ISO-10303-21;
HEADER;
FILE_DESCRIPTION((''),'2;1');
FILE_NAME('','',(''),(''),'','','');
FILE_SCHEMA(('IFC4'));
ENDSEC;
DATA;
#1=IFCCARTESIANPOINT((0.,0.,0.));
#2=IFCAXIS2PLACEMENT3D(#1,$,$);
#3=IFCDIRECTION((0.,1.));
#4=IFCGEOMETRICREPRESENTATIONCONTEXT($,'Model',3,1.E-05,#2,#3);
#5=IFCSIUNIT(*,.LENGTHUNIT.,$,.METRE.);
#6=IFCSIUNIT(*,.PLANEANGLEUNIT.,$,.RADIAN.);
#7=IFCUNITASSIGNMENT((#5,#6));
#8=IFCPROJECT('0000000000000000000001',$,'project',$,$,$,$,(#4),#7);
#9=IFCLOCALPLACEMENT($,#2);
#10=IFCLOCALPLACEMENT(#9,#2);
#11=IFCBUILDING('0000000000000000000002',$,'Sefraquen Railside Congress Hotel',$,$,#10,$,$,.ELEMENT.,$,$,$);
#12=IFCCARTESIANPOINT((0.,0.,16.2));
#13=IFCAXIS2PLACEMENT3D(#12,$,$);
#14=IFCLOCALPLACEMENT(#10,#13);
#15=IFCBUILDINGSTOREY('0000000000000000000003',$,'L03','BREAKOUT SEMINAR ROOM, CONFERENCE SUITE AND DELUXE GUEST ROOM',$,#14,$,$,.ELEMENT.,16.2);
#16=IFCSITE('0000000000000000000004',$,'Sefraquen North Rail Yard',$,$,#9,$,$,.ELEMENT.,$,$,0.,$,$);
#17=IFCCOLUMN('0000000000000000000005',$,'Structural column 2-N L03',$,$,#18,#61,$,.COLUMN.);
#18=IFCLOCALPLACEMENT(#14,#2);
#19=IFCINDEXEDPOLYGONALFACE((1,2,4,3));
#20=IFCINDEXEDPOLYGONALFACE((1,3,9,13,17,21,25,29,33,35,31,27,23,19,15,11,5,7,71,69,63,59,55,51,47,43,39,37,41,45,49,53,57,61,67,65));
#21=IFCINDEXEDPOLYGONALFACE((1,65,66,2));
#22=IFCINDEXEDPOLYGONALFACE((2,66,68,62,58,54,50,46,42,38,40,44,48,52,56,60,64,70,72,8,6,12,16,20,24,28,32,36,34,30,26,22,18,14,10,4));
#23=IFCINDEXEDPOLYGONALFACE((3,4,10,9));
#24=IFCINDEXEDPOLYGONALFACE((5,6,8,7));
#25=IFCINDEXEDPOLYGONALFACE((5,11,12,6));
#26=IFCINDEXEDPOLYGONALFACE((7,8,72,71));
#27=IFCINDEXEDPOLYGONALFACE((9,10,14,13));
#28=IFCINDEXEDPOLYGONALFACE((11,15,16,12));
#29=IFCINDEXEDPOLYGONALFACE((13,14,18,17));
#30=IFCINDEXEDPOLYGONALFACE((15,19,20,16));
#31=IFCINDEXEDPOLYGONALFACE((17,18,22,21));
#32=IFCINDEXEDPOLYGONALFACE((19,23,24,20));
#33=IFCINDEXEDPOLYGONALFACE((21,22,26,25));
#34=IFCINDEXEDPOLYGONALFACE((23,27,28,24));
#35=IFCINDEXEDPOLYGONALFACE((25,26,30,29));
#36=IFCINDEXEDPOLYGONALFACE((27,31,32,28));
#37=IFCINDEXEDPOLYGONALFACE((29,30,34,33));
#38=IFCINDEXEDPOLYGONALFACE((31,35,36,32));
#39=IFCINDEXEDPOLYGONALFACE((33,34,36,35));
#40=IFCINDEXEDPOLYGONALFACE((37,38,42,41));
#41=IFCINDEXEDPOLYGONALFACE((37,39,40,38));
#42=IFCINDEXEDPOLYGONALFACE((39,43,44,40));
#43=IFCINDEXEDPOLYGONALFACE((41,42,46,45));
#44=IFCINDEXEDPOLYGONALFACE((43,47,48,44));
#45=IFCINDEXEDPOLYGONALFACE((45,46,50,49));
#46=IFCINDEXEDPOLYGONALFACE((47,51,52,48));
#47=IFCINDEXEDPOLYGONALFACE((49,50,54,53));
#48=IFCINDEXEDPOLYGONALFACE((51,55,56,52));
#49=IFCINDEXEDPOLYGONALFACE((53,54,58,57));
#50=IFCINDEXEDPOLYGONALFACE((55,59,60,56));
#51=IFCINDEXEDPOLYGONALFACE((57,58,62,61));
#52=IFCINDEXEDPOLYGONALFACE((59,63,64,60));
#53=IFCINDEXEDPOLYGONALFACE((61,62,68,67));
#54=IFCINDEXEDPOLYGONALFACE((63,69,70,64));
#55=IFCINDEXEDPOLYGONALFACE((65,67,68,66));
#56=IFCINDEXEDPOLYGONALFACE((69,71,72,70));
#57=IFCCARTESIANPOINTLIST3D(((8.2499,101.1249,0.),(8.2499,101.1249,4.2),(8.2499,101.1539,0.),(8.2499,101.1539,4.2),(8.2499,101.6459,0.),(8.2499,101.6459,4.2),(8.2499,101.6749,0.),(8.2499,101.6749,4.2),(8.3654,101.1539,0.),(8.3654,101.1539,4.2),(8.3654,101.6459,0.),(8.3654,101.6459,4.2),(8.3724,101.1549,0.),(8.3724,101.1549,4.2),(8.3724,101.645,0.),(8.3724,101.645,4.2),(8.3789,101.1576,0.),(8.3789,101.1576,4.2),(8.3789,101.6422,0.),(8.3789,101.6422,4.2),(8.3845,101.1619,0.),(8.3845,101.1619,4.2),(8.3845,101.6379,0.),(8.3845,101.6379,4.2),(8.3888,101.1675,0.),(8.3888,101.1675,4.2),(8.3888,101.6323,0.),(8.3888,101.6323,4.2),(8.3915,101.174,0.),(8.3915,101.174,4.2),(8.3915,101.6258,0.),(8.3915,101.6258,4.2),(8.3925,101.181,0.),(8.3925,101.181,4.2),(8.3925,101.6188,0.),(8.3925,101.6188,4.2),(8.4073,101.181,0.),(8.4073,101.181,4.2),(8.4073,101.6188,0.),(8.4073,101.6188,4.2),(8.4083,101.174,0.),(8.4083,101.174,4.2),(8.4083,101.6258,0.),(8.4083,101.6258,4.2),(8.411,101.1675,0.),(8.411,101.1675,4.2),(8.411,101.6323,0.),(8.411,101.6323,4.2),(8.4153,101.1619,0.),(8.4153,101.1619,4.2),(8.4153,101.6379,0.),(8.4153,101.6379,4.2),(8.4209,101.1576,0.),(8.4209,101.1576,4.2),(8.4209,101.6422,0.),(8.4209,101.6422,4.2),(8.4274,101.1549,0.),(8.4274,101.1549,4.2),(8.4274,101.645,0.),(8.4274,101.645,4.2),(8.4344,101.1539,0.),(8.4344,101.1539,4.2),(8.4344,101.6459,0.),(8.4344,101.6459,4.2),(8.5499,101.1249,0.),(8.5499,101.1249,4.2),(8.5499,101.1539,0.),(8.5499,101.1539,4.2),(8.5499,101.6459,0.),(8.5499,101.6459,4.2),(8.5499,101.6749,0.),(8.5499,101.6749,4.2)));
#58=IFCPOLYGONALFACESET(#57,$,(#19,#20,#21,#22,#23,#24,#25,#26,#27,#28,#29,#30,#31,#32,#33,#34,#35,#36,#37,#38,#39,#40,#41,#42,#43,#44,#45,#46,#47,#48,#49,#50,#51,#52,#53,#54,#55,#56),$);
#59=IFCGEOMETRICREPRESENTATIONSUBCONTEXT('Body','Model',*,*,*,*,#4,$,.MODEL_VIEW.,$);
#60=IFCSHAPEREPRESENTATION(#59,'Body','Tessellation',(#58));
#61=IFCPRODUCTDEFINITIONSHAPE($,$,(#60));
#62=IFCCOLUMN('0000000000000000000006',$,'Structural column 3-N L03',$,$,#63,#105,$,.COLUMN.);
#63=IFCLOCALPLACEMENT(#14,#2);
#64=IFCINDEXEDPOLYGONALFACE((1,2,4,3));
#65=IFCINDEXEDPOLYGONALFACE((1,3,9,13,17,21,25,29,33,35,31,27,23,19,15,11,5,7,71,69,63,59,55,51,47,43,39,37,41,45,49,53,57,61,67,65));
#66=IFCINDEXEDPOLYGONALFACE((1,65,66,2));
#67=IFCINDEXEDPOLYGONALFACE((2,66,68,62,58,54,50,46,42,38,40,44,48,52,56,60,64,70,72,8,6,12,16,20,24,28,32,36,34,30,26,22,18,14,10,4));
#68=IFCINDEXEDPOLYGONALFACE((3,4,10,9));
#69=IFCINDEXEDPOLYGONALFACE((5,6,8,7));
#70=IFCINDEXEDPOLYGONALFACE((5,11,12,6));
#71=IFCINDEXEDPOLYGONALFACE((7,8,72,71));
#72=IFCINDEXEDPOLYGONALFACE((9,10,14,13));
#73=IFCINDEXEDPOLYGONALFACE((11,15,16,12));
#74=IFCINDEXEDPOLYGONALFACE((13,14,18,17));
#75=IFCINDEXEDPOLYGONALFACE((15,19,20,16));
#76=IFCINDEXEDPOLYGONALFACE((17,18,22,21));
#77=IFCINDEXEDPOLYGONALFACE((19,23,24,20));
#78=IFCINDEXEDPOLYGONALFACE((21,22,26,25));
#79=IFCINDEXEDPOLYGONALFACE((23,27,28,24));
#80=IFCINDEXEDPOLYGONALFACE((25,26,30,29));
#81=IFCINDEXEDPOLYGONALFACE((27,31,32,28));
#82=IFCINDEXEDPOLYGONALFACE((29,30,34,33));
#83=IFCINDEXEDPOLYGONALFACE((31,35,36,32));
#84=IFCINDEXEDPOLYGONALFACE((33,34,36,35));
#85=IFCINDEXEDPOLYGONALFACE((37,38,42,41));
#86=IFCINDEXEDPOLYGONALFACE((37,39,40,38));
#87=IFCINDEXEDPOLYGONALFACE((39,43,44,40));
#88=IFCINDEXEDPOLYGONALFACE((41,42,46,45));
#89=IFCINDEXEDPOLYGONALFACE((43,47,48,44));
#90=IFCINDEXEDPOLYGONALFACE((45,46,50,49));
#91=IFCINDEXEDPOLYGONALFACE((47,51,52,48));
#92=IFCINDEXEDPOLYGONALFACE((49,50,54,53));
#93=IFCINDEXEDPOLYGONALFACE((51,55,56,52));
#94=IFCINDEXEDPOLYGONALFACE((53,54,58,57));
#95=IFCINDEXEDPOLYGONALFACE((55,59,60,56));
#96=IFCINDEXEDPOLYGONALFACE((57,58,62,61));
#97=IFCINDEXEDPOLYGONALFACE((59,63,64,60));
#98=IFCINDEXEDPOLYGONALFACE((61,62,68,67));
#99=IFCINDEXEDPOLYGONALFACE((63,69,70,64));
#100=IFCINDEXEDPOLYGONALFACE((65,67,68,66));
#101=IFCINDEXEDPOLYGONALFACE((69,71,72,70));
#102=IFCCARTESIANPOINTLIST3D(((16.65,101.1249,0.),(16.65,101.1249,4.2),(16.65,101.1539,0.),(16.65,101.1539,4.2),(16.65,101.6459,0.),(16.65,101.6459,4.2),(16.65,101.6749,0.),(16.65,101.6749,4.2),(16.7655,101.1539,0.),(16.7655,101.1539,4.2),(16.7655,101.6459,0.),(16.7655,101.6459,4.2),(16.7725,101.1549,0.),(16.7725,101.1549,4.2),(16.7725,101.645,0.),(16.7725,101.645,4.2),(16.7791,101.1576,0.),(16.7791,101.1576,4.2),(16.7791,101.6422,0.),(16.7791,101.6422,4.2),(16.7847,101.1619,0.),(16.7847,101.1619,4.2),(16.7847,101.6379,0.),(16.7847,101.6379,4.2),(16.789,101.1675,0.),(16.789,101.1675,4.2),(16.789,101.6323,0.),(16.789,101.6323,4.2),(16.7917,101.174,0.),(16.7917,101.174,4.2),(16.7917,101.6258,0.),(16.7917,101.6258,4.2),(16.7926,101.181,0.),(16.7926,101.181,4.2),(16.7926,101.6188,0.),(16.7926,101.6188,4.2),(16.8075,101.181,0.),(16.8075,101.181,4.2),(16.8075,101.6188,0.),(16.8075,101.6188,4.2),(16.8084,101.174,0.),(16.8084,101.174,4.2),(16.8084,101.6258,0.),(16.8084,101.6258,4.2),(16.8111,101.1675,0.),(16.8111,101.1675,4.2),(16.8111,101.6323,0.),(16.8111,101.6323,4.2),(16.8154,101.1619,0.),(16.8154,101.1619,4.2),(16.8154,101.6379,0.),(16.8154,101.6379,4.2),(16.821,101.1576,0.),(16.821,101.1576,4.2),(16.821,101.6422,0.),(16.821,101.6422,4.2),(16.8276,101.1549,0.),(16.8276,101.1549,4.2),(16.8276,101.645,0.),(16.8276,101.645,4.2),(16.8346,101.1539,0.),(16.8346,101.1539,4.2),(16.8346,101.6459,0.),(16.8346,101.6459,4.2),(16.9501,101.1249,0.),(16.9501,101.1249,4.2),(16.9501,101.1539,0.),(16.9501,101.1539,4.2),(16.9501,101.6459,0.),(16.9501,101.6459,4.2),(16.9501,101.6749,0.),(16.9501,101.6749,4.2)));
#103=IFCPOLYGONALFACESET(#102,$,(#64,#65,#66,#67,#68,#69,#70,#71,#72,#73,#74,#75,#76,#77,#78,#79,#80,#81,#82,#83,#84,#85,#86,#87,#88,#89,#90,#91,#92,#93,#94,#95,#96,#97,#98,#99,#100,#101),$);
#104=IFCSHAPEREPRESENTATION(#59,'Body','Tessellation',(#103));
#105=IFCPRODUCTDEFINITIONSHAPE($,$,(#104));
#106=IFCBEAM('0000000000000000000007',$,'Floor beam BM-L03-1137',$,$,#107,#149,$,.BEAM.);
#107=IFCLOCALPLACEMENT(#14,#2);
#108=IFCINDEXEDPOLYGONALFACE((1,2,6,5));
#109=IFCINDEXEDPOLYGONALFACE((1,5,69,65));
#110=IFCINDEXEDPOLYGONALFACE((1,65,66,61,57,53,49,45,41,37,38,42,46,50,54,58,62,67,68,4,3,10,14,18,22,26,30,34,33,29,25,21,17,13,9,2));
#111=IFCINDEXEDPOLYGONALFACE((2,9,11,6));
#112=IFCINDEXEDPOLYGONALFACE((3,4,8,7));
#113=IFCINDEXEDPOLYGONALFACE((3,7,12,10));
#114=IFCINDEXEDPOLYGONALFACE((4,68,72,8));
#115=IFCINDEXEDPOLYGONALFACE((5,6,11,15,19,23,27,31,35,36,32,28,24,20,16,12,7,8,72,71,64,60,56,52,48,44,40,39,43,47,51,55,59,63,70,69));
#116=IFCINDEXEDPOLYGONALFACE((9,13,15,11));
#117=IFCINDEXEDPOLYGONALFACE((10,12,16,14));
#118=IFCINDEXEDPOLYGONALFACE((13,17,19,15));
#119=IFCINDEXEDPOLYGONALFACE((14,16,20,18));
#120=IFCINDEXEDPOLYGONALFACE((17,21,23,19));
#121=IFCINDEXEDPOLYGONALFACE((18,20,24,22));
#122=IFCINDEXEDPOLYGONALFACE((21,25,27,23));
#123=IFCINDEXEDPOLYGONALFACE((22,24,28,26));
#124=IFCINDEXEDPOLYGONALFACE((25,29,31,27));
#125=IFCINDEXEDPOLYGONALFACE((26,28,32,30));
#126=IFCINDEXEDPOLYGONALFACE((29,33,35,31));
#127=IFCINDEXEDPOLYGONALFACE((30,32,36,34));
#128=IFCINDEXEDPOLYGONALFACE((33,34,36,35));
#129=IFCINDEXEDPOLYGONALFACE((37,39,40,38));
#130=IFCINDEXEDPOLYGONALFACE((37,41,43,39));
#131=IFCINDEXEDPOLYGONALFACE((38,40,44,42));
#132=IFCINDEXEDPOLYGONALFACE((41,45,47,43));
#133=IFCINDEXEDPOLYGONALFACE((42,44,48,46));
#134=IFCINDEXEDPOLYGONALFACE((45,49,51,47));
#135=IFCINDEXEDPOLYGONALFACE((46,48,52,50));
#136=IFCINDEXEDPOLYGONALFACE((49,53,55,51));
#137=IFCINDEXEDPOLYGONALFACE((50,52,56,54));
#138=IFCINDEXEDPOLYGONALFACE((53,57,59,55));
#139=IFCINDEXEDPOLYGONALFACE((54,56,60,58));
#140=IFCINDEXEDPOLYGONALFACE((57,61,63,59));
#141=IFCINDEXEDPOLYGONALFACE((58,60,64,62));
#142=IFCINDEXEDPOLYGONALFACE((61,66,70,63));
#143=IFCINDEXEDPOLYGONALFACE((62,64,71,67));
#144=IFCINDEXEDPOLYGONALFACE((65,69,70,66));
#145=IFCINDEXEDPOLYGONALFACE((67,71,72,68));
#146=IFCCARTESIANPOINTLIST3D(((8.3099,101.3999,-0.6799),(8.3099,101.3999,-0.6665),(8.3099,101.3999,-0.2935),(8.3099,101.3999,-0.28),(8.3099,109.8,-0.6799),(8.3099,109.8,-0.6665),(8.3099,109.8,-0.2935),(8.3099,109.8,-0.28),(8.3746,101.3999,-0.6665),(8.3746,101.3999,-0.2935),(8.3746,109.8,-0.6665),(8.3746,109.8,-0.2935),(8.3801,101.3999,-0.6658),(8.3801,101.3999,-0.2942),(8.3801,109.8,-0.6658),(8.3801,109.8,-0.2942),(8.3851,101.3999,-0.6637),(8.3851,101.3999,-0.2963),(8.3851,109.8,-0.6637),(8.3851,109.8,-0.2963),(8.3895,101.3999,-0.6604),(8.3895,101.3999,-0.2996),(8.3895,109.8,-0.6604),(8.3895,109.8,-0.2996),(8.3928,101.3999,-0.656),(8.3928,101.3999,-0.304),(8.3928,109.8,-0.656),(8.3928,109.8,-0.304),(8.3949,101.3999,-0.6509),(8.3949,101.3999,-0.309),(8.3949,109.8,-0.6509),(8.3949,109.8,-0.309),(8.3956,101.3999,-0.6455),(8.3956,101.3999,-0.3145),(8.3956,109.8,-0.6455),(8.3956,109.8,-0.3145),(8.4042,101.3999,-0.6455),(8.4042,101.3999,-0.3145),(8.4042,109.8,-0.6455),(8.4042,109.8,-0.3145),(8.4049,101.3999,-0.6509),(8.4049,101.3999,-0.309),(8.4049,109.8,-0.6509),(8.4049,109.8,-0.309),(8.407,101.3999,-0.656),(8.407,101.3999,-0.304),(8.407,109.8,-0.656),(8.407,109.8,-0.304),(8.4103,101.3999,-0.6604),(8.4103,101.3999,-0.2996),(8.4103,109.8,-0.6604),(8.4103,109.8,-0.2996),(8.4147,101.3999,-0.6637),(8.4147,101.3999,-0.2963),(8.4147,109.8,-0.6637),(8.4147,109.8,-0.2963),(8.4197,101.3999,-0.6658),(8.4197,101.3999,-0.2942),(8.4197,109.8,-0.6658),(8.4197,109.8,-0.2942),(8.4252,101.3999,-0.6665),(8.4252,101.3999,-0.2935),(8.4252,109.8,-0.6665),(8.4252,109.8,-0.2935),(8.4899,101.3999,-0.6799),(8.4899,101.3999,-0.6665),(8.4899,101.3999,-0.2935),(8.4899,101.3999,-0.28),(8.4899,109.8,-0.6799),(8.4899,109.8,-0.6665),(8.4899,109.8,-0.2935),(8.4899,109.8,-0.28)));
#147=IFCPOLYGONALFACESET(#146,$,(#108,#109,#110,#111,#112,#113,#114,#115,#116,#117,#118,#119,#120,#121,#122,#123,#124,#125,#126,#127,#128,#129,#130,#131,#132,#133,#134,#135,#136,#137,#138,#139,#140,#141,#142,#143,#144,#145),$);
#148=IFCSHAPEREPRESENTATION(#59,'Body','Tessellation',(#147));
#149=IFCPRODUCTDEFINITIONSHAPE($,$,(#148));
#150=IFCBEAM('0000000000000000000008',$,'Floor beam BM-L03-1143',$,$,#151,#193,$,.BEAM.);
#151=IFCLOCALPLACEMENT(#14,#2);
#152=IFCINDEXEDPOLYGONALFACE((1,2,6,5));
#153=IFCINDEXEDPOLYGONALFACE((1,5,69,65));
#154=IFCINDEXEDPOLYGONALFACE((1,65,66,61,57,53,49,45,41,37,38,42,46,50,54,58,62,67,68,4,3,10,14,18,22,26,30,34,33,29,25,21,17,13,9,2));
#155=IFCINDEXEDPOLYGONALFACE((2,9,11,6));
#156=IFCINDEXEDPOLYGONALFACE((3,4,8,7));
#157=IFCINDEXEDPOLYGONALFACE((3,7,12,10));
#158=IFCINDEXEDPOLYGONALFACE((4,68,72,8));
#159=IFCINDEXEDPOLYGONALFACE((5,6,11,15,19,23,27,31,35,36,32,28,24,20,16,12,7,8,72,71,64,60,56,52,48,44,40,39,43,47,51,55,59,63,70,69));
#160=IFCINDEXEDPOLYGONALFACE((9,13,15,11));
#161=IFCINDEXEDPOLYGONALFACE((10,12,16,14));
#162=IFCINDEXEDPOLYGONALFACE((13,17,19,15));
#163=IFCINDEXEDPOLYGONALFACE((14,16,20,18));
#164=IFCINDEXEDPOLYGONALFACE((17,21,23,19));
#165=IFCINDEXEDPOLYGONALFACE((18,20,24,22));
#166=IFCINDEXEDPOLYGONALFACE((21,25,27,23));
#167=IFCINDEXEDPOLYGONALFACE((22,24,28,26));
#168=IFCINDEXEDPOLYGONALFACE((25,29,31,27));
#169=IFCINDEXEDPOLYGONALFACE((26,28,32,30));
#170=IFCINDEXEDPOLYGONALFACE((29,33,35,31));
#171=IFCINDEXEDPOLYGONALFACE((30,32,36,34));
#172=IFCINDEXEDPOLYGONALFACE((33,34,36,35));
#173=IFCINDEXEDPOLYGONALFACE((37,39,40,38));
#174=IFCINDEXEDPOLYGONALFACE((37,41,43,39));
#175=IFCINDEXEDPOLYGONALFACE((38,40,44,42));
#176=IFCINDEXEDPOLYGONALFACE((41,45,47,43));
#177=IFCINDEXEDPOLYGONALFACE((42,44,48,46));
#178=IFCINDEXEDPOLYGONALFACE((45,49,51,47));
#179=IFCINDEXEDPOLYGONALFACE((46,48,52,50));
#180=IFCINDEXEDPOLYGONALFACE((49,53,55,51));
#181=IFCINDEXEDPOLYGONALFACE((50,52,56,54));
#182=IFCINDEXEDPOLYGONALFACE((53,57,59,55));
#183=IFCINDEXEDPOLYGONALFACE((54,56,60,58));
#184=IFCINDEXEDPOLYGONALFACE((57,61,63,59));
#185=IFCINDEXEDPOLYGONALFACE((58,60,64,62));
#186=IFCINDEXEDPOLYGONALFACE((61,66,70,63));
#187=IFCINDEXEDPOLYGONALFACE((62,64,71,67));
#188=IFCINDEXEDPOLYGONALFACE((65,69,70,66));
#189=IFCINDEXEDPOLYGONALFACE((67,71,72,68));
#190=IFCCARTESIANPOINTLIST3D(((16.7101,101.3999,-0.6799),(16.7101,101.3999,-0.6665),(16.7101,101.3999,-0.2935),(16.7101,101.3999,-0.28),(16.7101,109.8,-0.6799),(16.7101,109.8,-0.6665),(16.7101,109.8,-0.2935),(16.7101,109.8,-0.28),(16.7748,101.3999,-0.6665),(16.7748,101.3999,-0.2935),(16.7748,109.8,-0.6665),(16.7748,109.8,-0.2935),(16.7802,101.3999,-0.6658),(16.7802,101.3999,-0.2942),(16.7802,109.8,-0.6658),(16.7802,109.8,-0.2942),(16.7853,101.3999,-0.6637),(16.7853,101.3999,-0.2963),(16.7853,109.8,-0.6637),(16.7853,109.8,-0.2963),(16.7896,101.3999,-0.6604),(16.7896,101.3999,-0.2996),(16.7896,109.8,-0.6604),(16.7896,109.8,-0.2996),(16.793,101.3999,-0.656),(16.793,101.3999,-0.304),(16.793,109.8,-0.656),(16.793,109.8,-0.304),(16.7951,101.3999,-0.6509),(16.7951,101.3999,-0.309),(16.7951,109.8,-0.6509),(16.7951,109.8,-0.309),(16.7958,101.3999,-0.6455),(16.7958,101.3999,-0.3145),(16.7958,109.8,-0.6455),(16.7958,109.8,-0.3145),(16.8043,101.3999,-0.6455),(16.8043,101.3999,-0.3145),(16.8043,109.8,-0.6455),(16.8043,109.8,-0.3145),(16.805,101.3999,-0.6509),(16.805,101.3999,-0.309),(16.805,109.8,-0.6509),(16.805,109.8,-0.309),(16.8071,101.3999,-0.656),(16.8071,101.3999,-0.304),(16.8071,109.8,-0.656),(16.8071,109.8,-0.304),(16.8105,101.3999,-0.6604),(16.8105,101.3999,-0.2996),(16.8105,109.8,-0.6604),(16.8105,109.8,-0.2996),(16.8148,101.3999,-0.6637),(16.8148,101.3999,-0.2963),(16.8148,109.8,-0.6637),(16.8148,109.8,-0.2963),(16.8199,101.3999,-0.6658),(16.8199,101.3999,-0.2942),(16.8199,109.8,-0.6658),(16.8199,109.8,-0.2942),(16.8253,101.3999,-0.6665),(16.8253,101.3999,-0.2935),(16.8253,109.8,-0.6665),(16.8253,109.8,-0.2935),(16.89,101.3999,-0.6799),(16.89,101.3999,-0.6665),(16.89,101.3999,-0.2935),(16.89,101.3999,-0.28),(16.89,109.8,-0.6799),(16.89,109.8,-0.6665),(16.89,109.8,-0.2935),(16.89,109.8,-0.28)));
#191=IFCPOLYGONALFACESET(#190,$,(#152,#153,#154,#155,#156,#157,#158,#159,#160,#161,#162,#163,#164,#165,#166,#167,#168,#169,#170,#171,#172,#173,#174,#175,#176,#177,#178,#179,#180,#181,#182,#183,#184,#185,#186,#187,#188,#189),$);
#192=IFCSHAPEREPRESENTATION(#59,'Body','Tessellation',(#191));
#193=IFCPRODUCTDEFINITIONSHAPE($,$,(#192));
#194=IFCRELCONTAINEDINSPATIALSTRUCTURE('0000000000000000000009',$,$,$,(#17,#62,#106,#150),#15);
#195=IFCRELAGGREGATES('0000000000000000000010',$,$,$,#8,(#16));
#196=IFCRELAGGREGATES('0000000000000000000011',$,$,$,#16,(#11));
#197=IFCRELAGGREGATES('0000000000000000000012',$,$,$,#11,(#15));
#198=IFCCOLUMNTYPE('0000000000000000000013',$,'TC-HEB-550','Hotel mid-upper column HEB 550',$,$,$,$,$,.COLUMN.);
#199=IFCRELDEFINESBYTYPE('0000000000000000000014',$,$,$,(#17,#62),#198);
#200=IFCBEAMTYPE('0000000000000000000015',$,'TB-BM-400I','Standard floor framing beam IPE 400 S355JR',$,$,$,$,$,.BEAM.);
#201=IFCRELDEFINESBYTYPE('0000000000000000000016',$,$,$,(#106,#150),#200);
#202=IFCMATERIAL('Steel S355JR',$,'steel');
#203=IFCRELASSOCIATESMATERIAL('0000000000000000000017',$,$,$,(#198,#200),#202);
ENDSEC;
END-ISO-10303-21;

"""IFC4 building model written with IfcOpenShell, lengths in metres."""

from ifc_helpers import new_model, si_unit, direction, frame, origin, origin_2d, place, context, subcontext, project, spatial, i_section, extrude, material, material_profile, profile_set, type_object, element, save


model = new_model("IFC4")

# Units and contexts
model_context = context("Model", 3, precision=1e-05, world=origin(), true_north=direction((0.0, 1.0)))
body_context = subcontext(model_context, "Body", "Model", "MODEL_VIEW")
ifc_project = project(units=[si_unit("LENGTHUNIT", "METRE"), si_unit("PLANEANGLEUNIT", "RADIAN")], contexts=[model_context])

# Site, building, storey
site_placement = place(None, origin())
site = spatial("IfcSite", under=ifc_project, at=site_placement, Name="Sefraquen North Rail Yard", CompositionType="ELEMENT", RefElevation=0.0)
building_placement = place(site_placement, origin())
building = spatial("IfcBuilding", under=site, at=building_placement, Name="Sefraquen Railside Congress Hotel", CompositionType="ELEMENT")
storey_placement = place(building_placement, frame((0.0, 0.0, 16.2)))
storey = spatial("IfcBuildingStorey", under=building, at=storey_placement, Name="L03", Description="BREAKOUT SEMINAR ROOM, CONFERENCE SUITE AND DELUXE GUEST ROOM", CompositionType="ELEMENT", Elevation=16.2)

# Columns
ifc_material_1 = material(Name="Steel S355JR", Category="steel")
ifc_material_profile_1 = material_profile(ifc_material_1, i_section(OverallWidth=0.3, OverallDepth=0.55, WebThickness=0.0149, FlangeThickness=0.0291, FilletRadius=0.0271, at=origin_2d()), Name="HEB 550")
ifc_profile_set_1 = profile_set([ifc_material_profile_1], Name="Steel S355JR")
column_type = type_object("IfcColumnType", Name="TC-HEB-550", Description="Hotel mid-upper column HEB 550", PredefinedType="COLUMN", material=ifc_profile_set_1)
for number, where, z_axis, x_axis, name in (
    (1, (8.3999, 101.3999, 0.0), (0.0, 0.0, 1.0), (1.0, 0.0, 0.0), "Structural column 2-N L03"),
    (2, (16.8, 101.3999, 0.0), (0.0, 0.0, 1.0), (1.0, 0.0, 0.0), "Structural column 3-N L03"),
):
    element("IfcColumn", number, at=place(storey_placement, frame(where, z_axis=z_axis, x_axis=x_axis)), inside=storey, type_object=column_type, Name=name, PredefinedType="COLUMN", context=body_context, shape_type="SweptSolid", body=[
        extrude(i_section(OverallWidth=0.3, OverallDepth=0.55, WebThickness=0.0149, FlangeThickness=0.0291, FilletRadius=0.0271, at=origin_2d()), origin(), (0.0, 0.0, 1.0), 4.2),
    ])

# Beams
ifc_material_profile_2 = material_profile(ifc_material_1, i_section(OverallWidth=0.1799, OverallDepth=0.3999, WebThickness=0.0085, FlangeThickness=0.0134, FilletRadius=0.021, at=origin_2d()), Name="IPE 400")
ifc_profile_set_2 = profile_set([ifc_material_profile_2], Name="Steel S355JR")
beam_type_1 = type_object("IfcBeamType", Name="TB-BM-400I", Description="Standard floor framing beam IPE 400 S355JR", PredefinedType="BEAM", material=ifc_profile_set_2)
for number, where, z_axis, x_axis, name in (
    (3, (8.3999, 101.3999, -0.48), (0.0, 1.0, 0.0), (-1.0, 0.0, 0.0), "Floor beam BM-L03-1137"),
    (4, (16.8, 101.3999, -0.48), (0.0, 1.0, 0.0), (-1.0, 0.0, 0.0), "Floor beam BM-L03-1143"),
):
    element("IfcBeam", number, at=place(storey_placement, frame(where, z_axis=z_axis, x_axis=x_axis)), inside=storey, type_object=beam_type_1, Name=name, PredefinedType="BEAM", context=body_context, shape_type="SweptSolid", body=[
        extrude(i_section(OverallWidth=0.1799, OverallDepth=0.3999, WebThickness=0.0085, FlangeThickness=0.0134, FilletRadius=0.021, at=origin_2d()), origin(), (0.0, 0.0, 1.0), 8.4001),
    ])

save(model, "model.ifc")
